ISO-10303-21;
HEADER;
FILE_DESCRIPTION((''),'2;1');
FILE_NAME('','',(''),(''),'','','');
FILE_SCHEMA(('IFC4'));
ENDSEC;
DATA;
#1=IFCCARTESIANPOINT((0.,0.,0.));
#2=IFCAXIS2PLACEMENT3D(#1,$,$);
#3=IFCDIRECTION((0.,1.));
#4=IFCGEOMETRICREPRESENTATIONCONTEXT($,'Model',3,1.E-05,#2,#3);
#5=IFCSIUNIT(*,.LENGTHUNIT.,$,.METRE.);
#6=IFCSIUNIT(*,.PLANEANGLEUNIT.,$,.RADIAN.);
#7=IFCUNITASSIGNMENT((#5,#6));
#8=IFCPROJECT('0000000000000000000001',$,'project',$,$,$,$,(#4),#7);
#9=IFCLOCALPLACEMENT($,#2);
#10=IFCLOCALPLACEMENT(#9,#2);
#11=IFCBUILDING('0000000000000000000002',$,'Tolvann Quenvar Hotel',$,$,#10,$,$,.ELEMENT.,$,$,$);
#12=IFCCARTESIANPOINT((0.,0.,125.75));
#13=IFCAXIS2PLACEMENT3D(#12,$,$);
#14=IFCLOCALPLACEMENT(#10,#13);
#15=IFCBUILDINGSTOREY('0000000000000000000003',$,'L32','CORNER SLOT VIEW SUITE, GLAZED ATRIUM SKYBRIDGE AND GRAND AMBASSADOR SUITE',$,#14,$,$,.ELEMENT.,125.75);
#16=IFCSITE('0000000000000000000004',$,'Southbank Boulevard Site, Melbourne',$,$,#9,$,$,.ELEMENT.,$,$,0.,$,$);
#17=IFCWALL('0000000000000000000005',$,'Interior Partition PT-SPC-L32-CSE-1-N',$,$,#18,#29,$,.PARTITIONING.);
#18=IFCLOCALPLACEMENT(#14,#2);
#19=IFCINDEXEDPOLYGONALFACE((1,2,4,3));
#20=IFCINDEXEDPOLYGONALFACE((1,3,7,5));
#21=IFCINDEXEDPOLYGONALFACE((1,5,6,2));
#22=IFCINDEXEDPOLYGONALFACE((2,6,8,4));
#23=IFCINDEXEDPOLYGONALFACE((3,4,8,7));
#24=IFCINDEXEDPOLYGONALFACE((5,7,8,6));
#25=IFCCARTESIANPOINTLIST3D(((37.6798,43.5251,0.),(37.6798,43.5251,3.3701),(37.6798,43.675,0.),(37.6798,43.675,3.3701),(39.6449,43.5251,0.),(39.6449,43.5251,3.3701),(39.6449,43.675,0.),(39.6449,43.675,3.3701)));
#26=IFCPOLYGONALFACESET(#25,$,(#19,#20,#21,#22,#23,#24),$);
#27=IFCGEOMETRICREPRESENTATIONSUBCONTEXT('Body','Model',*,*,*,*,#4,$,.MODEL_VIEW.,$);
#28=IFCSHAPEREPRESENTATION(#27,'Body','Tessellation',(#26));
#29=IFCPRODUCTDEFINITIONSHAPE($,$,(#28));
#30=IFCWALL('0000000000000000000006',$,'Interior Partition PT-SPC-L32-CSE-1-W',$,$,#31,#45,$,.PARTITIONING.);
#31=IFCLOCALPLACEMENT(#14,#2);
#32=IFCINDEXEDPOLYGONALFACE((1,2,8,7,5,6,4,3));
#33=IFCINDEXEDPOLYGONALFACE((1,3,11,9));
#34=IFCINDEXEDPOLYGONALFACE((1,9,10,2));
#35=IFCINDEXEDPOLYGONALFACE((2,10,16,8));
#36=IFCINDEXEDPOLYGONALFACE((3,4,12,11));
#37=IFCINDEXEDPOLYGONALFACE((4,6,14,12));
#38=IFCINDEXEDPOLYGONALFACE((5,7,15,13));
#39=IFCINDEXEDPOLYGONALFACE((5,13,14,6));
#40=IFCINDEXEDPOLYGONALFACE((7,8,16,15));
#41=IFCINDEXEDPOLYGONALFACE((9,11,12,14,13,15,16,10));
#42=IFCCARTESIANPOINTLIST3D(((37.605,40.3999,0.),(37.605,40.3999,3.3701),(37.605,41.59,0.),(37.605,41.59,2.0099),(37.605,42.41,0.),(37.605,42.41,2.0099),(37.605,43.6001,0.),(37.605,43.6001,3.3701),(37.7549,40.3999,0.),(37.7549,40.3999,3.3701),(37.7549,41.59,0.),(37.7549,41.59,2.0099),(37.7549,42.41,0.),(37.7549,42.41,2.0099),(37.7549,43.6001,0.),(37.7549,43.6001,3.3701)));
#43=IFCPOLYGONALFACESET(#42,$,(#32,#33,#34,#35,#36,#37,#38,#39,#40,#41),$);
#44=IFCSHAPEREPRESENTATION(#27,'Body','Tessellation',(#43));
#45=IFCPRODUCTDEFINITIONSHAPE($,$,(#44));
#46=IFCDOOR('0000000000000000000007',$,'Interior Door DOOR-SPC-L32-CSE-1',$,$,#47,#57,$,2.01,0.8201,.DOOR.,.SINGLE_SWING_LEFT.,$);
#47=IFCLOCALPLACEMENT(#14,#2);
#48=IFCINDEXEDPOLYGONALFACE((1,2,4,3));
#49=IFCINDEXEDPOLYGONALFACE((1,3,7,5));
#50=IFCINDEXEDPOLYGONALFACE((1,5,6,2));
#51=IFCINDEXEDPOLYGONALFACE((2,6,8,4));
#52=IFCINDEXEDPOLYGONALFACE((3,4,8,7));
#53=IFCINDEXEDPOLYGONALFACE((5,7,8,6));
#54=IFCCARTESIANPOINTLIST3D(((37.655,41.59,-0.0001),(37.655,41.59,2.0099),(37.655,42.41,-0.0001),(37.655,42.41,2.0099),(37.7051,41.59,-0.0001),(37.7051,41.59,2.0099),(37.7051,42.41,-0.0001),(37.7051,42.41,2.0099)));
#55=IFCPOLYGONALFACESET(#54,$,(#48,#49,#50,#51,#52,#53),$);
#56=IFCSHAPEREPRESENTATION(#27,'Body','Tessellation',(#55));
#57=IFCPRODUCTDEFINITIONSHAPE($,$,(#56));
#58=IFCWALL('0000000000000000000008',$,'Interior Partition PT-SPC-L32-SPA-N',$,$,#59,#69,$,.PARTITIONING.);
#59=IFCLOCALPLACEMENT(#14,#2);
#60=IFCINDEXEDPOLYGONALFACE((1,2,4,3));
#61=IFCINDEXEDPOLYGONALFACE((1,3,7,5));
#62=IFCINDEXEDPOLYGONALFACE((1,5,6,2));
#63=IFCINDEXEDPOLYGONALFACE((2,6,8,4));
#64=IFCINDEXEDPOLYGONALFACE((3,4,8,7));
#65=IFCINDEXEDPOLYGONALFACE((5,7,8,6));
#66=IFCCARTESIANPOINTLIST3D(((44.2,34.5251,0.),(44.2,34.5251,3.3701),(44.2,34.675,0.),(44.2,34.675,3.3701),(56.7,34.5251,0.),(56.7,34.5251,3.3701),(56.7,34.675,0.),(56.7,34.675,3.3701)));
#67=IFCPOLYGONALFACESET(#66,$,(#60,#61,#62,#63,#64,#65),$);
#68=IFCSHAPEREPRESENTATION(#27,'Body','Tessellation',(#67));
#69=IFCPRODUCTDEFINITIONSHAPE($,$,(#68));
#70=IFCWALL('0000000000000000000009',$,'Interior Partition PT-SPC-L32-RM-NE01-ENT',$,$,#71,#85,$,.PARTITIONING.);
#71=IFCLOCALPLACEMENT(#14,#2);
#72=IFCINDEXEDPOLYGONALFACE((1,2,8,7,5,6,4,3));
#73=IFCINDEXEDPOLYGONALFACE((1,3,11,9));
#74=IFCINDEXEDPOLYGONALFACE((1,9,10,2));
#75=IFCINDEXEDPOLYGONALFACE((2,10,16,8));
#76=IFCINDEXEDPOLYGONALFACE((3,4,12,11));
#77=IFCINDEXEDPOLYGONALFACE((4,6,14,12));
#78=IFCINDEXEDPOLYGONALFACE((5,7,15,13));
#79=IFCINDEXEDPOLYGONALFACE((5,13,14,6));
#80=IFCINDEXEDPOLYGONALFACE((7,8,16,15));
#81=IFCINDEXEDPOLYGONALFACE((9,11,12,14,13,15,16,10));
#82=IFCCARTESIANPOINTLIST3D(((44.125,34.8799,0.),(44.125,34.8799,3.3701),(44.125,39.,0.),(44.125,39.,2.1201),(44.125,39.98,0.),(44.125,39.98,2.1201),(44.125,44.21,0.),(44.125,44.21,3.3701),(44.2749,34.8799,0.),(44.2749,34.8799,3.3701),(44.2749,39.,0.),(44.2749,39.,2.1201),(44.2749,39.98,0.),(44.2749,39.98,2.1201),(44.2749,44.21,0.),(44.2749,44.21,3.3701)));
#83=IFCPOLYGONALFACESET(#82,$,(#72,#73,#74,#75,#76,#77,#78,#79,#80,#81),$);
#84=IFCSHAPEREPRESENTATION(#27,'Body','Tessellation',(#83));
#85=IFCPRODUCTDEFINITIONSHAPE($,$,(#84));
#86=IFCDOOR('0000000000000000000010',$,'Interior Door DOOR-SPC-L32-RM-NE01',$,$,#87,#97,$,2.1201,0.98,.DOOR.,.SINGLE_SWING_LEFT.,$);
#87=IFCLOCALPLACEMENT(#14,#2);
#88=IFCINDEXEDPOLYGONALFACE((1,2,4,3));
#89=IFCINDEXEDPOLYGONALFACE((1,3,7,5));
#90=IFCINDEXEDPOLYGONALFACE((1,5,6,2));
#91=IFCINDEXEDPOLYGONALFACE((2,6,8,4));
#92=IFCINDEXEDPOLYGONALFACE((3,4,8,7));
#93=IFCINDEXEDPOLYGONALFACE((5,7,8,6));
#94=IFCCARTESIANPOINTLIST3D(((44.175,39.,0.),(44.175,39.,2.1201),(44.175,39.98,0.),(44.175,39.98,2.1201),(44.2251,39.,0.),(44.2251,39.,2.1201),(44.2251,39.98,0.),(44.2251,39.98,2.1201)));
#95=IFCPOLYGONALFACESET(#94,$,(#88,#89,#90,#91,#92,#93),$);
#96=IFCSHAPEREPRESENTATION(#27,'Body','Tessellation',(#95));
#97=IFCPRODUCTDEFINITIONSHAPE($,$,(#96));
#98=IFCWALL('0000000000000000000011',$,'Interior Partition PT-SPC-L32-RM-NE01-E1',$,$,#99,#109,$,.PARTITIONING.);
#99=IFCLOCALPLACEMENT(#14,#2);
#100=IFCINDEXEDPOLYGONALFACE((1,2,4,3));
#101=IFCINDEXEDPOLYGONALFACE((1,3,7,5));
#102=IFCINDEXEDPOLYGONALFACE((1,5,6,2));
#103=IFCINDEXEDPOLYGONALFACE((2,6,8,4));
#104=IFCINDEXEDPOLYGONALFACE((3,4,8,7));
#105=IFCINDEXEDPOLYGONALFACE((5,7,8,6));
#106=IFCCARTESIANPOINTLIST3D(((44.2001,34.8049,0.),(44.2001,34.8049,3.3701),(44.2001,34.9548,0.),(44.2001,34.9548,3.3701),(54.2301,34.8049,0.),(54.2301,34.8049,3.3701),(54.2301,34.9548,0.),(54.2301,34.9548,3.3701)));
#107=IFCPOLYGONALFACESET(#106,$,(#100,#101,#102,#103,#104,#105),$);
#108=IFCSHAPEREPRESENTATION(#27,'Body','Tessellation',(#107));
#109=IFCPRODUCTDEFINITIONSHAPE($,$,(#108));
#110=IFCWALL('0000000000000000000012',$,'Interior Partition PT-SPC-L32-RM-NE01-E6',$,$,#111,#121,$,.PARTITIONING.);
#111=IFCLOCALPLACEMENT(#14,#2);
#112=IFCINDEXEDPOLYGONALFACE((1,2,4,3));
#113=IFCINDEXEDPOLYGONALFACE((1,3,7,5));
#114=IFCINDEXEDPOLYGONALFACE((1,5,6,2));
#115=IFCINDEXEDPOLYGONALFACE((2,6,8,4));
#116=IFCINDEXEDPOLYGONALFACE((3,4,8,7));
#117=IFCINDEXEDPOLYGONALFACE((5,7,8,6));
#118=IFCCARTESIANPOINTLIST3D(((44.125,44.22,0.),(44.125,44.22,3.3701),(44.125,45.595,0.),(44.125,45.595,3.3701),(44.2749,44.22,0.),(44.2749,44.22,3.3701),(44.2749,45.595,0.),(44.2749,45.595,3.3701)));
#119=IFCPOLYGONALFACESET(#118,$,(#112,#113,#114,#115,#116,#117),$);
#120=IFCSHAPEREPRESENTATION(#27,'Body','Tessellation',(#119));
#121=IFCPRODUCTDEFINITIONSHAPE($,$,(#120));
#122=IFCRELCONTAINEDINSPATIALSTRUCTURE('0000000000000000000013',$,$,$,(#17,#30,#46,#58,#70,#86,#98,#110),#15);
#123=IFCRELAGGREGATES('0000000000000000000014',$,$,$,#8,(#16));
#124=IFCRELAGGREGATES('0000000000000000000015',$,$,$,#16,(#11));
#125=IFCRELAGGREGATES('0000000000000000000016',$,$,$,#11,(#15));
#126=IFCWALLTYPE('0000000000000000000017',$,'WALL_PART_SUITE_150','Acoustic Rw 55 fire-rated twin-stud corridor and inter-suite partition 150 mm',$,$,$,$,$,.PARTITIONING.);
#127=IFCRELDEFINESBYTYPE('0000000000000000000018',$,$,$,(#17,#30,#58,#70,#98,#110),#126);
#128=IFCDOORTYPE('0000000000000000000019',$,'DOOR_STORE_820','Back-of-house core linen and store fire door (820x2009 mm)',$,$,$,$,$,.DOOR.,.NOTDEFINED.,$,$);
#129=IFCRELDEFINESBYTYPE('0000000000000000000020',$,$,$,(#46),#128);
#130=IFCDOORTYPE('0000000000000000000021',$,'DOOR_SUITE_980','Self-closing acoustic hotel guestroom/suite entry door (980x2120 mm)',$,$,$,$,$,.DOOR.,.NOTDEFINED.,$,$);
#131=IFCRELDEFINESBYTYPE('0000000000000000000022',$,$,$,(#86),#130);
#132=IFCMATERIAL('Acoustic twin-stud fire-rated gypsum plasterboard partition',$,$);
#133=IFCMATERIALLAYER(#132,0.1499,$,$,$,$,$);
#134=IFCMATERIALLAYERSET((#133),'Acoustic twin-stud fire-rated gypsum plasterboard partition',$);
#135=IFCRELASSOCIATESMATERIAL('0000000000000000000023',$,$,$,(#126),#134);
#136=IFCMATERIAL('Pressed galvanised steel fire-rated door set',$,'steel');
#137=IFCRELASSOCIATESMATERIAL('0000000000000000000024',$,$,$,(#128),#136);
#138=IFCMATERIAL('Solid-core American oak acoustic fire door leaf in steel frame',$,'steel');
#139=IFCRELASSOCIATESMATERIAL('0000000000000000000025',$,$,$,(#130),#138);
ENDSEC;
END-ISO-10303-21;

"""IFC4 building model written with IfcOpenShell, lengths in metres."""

from ifc_helpers import new_model, si_unit, direction, frame, frame_2d, origin, place, context, subcontext, project, spatial, rectangle, extrude, source, transform, mapped, material, layer, layer_set, type_object, type_shapes, element, fill, save


model = new_model("IFC4")

# Units and contexts
model_context = context("Model", 3, precision=1e-05, world=origin(), true_north=direction((0.0, 1.0)))
body_context = subcontext(model_context, "Body", "Model", "MODEL_VIEW")
ifc_project = project(units=[si_unit("LENGTHUNIT", "METRE"), si_unit("PLANEANGLEUNIT", "RADIAN")], contexts=[model_context])

# Site, building, storey
site_placement = place(None, origin())
site = spatial("IfcSite", under=ifc_project, at=site_placement, Name="Southbank Boulevard Site, Melbourne", CompositionType="ELEMENT", RefElevation=0.0)
building_placement = place(site_placement, origin())
building = spatial("IfcBuilding", under=site, at=building_placement, Name="Tolvann Quenvar Hotel", CompositionType="ELEMENT")
storey_placement = place(building_placement, frame((0.0, 0.0, 125.75)))
storey = spatial("IfcBuildingStorey", under=building, at=storey_placement, Name="L32", Description="CORNER SLOT VIEW SUITE, GLAZED ATRIUM SKYBRIDGE AND GRAND AMBASSADOR SUITE", CompositionType="ELEMENT", Elevation=125.75)

# Shared definitions
ifc_material_1 = material(Name="Acoustic twin-stud fire-rated gypsum plasterboard partition")
ifc_layer_1 = layer(ifc_material_1, 0.1499)
ifc_layer_set_1 = layer_set([ifc_layer_1], Name="Acoustic twin-stud fire-rated gypsum plasterboard partition")
wall_type_1 = type_object("IfcWallType", Name="WALL_PART_SUITE_150", Description="Acoustic Rw 55 fire-rated twin-stud corridor and inter-suite partition 150 mm", PredefinedType="PARTITIONING", material=ifc_layer_set_1)

# Shared definitions
ifc_material_2 = material(Name="Pressed galvanised steel fire-rated door set", Category="steel")

# Wall
for number, where, z_axis, x_axis, name in (
    (1, (37.6799, 43.6001, 0.0), (0.0, 0.0, 1.0), (1.0, 0.0, 0.0), "Interior Partition PT-SPC-L32-CSE-1-N"),
):
    element("IfcWall", number, at=place(storey_placement, frame(where, z_axis=z_axis, x_axis=x_axis)), inside=storey, type_object=wall_type_1, Name=name, PredefinedType="PARTITIONING", context=body_context, shape_type="SweptSolid", body=[
        extrude(rectangle(XDim=1.9651, YDim=0.1499, at=frame_2d((0.9824, 0.0))), origin(), (0.0, 0.0, 1.0), 3.3701),
    ])

# Wall, opening, door
wall_1_placement = place(storey_placement, frame((37.6799, 40.3999, 0.0), z_axis=(0.0, 0.0, 1.0), x_axis=(0.0, 1.0, 0.0)))
wall_1 = element("IfcWall", 2, at=wall_1_placement, inside=storey, type_object=wall_type_1, Name="Interior Partition PT-SPC-L32-CSE-1-W", PredefinedType="PARTITIONING", context=body_context, shape_type="SweptSolid", body=[
    extrude(rectangle(XDim=3.2002, YDim=0.1499, at=frame_2d((1.6001, 0.0))), origin(), (0.0, 0.0, 1.0), 3.3701),
])
opening_1_placement = place(wall_1_placement, frame((1.1899, 0.0, 0.0)))
opening_1 = element("IfcOpeningElement", 3, at=opening_1_placement, cuts=wall_1, PredefinedType="OPENING", context=body_context, shape_type="SweptSolid", body=[
    extrude(rectangle(XDim=0.8201, YDim=2.01, at=frame_2d((0.4102, 1.0049))), frame((0.0, 0.085, 0.0), z_axis=(0.0, -1.0, 0.0), x_axis=(1.0, 0.0, 0.0)), (0.0, 0.0, 1.0), 0.1699),
])
door_type_1 = type_object("IfcDoorType", Name="DOOR_STORE_820", Description="Back-of-house core linen and store fire door (820x2009 mm)", OperationType="NOTDEFINED", PredefinedType="DOOR", material=ifc_material_2)
shared_shape_1 = source(origin(), body_context, "Body", "SweptSolid", [
    extrude(rectangle(XDim=0.8201, YDim=2.01, at=frame_2d((0.4102, 1.0049))), frame((0.0, 0.0249, 0.0), z_axis=(0.0, -1.0, 0.0), x_axis=(1.0, 0.0, 0.0)), (0.0, 0.0, 1.0), 0.05),
])
type_shapes(door_type_1, [shared_shape_1])
door_1_placement = place(opening_1_placement, origin())
door_1 = element("IfcDoor", 4, at=door_1_placement, inside=storey, type_object=door_type_1, Name="Interior Door DOOR-SPC-L32-CSE-1", OperationType="SINGLE_SWING_LEFT", OverallHeight=2.01, OverallWidth=0.8201, PredefinedType="DOOR", context=body_context, shape_type="MappedRepresentation", body=[
    mapped(shared_shape_1, transform((0.0, 0.0, 0.0), x_axis=(1.0, 0.0, 0.0), y_axis=(0.0, 1.0, 0.0), z_axis=(0.0, 0.0, 1.0), scale=1.0)),
])
fill(opening_1, door_1)

# Wall
wall_2_placement = place(storey_placement, frame((44.2, 34.6001, 0.0), z_axis=(0.0, 0.0, 1.0), x_axis=(1.0, 0.0, 0.0)))
element("IfcWall", 5, at=wall_2_placement, inside=storey, type_object=wall_type_1, Name="Interior Partition PT-SPC-L32-SPA-N", PredefinedType="PARTITIONING", context=body_context, shape_type="SweptSolid", body=[
    extrude(rectangle(XDim=12.5, YDim=0.1499, at=frame_2d((6.25, 0.0))), origin(), (0.0, 0.0, 1.0), 3.3701),
])

# Wall, opening, door
wall_3_placement = place(storey_placement, frame((44.2, 34.8799, 0.0), z_axis=(0.0, 0.0, 1.0), x_axis=(0.0, 1.0, 0.0)))
wall_3 = element("IfcWall", 6, at=wall_3_placement, inside=storey, type_object=wall_type_1, Name="Interior Partition PT-SPC-L32-RM-NE01-ENT", PredefinedType="PARTITIONING", context=body_context, shape_type="SweptSolid", body=[
    extrude(rectangle(XDim=9.3301, YDim=0.1499, at=frame_2d((4.665, 0.0))), origin(), (0.0, 0.0, 1.0), 3.3701),
])
opening_2_placement = place(wall_3_placement, frame((4.1201, 0.0, 0.0)))
opening_2 = element("IfcOpeningElement", 7, at=opening_2_placement, cuts=wall_3, PredefinedType="OPENING", context=body_context, shape_type="SweptSolid", body=[
    extrude(rectangle(XDim=0.98, YDim=2.1201, at=frame_2d((0.49, 1.0601))), frame((0.0, 0.085, 0.0), z_axis=(0.0, -1.0, 0.0), x_axis=(1.0, 0.0, 0.0)), (0.0, 0.0, 1.0), 0.1699),
])
ifc_material_3 = material(Name="Solid-core American oak acoustic fire door leaf in steel frame", Category="steel")
door_type_2 = type_object("IfcDoorType", Name="DOOR_SUITE_980", Description="Self-closing acoustic hotel guestroom/suite entry door (980x2120 mm)", OperationType="NOTDEFINED", PredefinedType="DOOR", material=ifc_material_3)
shared_shape_2 = source(origin(), body_context, "Body", "SweptSolid", [
    extrude(rectangle(XDim=0.98, YDim=2.1201, at=frame_2d((0.49, 1.0601))), frame((0.0, 0.0249, 0.0), z_axis=(0.0, -1.0, 0.0), x_axis=(1.0, 0.0, 0.0)), (0.0, 0.0, 1.0), 0.05),
])
type_shapes(door_type_2, [shared_shape_2])
door_2_placement = place(opening_2_placement, origin())
door_2 = element("IfcDoor", 8, at=door_2_placement, inside=storey, type_object=door_type_2, Name="Interior Door DOOR-SPC-L32-RM-NE01", OperationType="SINGLE_SWING_LEFT", OverallHeight=2.1201, OverallWidth=0.98, PredefinedType="DOOR", context=body_context, shape_type="MappedRepresentation", body=[
    mapped(shared_shape_2, transform((0.0, 0.0, 0.0), x_axis=(1.0, 0.0, 0.0), y_axis=(0.0, 1.0, 0.0), z_axis=(0.0, 0.0, 1.0), scale=1.0)),
])
fill(opening_2, door_2)

# Walls
wall_4_placement = place(storey_placement, frame((44.2, 34.8799, 0.0), z_axis=(0.0, 0.0, 1.0), x_axis=(1.0, 0.0, 0.0)))
element("IfcWall", 9, at=wall_4_placement, inside=storey, type_object=wall_type_1, Name="Interior Partition PT-SPC-L32-RM-NE01-E1", PredefinedType="PARTITIONING", context=body_context, shape_type="SweptSolid", body=[
    extrude(rectangle(XDim=10.03, YDim=0.1499, at=frame_2d((5.0151, 0.0))), origin(), (0.0, 0.0, 1.0), 3.3701),
])
wall_5_placement = place(storey_placement, frame((44.2, 44.22, 0.0), z_axis=(0.0, 0.0, 1.0), x_axis=(0.0, 1.0, 0.0)))
element("IfcWall", 10, at=wall_5_placement, inside=storey, type_object=wall_type_1, Name="Interior Partition PT-SPC-L32-RM-NE01-E6", PredefinedType="PARTITIONING", context=body_context, shape_type="SweptSolid", body=[
    extrude(rectangle(XDim=1.375, YDim=0.1499, at=frame_2d((0.6875, 0.0))), origin(), (0.0, 0.0, 1.0), 3.3701),
])

save(model, "model.ifc")
